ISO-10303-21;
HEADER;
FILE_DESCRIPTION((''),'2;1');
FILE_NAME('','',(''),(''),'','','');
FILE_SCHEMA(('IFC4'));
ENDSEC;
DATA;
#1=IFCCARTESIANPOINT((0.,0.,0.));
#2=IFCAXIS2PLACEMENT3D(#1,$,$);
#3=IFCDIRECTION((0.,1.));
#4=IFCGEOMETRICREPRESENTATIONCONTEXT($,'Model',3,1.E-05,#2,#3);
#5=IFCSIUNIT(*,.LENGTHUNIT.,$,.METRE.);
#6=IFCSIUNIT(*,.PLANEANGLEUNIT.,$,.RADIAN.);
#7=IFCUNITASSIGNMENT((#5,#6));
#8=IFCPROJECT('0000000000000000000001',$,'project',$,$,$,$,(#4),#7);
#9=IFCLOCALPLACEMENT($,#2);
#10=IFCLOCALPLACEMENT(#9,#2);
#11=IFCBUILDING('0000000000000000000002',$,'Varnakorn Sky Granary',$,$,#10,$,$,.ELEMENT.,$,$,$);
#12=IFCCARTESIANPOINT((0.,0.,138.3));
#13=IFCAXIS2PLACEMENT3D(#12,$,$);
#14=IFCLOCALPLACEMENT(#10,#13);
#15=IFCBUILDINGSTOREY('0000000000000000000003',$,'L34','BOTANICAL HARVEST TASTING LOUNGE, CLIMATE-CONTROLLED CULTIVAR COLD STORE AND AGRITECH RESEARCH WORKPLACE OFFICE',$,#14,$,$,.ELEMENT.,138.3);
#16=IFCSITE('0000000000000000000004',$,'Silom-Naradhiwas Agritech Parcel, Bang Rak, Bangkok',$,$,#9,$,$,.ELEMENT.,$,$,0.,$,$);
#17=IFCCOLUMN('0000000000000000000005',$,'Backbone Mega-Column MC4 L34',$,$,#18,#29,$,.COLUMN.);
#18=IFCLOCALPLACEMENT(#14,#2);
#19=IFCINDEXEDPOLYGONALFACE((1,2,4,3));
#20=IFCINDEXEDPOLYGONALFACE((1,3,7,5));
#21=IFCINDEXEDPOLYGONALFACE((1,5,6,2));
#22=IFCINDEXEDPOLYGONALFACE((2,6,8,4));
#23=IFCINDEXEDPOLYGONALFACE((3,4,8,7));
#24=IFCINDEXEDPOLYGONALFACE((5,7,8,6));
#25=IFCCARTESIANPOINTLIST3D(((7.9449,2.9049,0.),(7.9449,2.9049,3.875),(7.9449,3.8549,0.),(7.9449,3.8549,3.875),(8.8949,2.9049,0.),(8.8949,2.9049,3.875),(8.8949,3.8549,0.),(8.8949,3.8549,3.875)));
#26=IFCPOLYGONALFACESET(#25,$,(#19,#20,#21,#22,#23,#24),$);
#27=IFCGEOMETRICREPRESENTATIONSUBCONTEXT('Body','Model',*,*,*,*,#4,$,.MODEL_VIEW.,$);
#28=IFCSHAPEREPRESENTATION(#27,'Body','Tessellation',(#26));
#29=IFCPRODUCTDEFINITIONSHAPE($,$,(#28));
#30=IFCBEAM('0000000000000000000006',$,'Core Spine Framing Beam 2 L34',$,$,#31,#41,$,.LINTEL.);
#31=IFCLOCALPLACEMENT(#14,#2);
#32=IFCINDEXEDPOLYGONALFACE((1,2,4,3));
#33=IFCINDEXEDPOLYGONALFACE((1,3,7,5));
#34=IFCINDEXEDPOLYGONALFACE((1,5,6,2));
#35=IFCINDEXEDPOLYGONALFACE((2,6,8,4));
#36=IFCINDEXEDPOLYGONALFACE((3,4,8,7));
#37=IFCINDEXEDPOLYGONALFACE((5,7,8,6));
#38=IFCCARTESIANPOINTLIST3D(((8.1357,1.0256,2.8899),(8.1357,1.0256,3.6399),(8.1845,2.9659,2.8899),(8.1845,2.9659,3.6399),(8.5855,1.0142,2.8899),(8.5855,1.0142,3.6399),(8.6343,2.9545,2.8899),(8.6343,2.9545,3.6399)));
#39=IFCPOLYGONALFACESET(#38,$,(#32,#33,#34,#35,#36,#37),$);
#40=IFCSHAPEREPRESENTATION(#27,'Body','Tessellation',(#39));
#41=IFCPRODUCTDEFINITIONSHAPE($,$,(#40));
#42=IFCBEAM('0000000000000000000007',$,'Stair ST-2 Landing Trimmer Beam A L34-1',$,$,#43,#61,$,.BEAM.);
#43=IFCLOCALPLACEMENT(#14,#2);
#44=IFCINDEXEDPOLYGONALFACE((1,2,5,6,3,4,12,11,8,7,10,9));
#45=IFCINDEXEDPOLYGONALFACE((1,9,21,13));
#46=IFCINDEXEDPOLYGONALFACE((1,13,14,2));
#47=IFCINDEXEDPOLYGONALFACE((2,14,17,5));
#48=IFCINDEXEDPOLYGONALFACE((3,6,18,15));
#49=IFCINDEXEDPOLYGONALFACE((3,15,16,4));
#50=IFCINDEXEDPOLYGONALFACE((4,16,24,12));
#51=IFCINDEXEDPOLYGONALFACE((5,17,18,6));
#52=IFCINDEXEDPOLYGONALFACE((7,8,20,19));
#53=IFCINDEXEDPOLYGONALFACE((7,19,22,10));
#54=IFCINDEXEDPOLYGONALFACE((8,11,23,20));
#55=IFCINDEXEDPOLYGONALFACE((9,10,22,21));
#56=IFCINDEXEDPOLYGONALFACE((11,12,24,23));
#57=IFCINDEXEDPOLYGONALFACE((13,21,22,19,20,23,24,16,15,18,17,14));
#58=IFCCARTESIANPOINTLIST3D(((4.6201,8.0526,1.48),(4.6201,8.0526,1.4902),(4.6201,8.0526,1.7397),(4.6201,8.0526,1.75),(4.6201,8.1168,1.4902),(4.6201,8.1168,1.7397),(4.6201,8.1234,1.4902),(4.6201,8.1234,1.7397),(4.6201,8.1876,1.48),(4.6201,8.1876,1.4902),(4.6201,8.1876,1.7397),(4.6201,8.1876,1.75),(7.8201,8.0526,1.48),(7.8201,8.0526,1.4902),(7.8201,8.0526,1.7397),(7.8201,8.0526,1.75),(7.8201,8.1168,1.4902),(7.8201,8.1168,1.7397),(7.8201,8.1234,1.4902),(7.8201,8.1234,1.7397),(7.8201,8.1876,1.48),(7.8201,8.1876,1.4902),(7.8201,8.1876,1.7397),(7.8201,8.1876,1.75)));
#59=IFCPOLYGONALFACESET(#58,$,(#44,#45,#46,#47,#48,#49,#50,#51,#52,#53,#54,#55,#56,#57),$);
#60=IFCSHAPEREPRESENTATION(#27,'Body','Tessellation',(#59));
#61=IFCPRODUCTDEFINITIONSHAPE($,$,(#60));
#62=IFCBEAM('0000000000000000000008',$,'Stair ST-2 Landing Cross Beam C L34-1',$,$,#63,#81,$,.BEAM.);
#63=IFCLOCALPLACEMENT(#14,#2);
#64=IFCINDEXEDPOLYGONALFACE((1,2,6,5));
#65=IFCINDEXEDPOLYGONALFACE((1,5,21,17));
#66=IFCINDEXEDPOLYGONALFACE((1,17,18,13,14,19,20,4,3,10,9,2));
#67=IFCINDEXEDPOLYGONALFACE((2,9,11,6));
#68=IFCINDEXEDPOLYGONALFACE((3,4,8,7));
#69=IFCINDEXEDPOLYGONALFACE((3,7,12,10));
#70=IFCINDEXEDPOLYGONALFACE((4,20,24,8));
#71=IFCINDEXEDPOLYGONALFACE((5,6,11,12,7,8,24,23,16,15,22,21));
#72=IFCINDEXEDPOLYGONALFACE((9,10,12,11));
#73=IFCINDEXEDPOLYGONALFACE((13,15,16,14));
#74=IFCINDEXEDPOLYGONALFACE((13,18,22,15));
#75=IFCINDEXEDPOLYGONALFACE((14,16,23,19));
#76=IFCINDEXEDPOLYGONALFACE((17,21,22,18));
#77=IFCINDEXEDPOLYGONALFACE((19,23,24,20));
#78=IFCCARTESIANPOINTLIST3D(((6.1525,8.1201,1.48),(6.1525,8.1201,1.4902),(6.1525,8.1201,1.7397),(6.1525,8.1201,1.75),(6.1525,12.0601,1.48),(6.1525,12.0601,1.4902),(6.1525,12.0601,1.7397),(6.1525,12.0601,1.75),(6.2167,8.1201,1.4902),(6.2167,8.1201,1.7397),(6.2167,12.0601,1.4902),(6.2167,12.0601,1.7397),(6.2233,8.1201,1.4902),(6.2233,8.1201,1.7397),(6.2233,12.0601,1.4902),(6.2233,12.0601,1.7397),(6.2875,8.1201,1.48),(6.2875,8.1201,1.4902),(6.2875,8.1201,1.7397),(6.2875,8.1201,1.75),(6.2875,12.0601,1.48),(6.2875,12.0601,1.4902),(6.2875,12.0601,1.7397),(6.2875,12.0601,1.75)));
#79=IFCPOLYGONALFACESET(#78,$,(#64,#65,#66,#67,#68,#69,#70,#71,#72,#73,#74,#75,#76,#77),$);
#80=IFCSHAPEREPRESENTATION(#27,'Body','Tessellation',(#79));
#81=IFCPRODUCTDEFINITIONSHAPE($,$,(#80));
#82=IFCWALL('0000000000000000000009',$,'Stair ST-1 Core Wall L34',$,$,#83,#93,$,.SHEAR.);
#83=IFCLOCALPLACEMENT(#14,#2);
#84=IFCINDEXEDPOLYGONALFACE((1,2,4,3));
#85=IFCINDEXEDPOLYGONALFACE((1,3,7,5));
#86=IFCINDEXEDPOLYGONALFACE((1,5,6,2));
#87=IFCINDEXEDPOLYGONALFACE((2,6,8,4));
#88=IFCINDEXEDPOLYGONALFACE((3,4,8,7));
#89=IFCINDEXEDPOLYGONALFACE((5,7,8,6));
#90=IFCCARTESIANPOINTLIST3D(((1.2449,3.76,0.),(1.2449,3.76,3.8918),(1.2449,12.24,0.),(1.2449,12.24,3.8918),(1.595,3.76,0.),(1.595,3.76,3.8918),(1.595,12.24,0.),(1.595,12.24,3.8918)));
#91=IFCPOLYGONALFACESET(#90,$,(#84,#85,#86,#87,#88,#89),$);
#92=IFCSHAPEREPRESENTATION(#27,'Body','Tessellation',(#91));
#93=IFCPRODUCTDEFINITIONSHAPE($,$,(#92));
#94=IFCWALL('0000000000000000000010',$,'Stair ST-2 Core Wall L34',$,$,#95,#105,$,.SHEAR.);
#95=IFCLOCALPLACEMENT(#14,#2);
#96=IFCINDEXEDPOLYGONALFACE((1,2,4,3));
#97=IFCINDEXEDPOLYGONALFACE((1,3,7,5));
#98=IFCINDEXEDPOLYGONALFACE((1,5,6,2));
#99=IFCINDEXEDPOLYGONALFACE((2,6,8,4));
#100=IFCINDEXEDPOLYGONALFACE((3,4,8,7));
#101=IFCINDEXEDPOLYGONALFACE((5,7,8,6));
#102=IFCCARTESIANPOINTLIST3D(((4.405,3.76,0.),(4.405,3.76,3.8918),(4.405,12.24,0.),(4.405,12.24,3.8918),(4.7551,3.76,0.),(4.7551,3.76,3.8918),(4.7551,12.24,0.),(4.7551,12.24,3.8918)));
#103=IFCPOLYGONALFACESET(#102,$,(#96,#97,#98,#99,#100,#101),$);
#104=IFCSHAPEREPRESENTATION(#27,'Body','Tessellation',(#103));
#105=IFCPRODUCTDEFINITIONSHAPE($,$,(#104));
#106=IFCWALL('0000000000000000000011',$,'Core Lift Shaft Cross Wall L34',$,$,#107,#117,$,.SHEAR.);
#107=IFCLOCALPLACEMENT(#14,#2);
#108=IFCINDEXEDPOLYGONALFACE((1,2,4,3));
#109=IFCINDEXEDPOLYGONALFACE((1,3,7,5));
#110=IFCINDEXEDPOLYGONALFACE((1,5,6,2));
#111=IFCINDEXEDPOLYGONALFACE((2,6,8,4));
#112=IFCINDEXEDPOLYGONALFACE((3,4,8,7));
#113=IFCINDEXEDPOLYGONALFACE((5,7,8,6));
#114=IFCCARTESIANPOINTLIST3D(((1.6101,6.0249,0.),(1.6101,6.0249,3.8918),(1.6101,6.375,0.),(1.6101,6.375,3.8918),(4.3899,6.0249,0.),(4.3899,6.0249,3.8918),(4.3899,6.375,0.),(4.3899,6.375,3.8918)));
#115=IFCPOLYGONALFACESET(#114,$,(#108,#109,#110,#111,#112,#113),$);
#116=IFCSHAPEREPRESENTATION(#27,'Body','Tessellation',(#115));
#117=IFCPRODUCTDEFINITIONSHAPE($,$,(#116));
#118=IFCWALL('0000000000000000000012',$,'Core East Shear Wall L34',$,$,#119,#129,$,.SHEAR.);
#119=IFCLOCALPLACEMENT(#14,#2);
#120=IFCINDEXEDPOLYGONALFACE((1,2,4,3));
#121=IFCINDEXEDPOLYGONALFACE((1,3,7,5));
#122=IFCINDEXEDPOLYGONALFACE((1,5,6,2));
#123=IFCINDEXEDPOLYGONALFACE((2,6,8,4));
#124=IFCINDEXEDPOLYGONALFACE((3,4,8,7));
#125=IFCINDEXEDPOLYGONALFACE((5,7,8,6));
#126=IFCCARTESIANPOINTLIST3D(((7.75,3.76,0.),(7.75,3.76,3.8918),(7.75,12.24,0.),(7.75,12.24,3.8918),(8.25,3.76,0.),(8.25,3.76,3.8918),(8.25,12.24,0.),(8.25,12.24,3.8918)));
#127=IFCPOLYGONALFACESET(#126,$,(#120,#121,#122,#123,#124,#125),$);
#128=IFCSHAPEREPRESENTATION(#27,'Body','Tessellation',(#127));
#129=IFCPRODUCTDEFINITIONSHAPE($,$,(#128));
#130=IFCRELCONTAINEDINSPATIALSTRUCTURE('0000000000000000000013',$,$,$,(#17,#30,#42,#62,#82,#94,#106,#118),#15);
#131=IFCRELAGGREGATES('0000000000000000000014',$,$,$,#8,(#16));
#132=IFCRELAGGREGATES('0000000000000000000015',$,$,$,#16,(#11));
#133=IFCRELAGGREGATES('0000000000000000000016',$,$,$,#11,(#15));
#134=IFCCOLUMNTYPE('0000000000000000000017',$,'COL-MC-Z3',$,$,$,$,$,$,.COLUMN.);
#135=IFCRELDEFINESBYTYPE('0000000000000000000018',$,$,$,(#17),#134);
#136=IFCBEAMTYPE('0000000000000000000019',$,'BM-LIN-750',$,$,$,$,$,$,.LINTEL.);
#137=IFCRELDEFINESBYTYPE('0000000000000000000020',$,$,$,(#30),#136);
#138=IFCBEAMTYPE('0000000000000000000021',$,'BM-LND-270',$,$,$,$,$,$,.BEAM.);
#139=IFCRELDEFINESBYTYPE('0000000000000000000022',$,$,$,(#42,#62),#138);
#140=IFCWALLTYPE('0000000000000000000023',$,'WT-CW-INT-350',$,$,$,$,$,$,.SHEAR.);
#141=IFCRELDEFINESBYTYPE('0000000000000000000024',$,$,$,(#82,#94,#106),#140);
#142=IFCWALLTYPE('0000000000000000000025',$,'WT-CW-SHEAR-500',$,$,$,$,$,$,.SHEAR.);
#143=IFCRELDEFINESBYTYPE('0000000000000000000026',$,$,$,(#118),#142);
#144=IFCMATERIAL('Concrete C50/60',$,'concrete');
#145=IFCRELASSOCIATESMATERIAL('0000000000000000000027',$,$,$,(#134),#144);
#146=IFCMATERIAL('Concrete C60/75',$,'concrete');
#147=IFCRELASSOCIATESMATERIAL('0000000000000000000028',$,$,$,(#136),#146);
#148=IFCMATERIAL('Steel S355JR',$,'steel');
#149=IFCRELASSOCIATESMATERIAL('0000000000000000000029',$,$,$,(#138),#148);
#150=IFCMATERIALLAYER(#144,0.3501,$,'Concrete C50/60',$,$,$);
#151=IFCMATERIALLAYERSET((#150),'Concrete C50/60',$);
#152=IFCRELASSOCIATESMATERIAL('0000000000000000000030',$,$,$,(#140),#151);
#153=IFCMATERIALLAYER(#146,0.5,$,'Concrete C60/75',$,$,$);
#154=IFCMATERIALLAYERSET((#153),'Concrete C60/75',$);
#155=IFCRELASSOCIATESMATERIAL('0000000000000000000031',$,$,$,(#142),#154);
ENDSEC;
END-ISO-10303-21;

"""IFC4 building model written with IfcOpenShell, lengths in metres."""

from ifc_helpers import new_model, si_unit, direction, frame, frame_2d, origin, origin_2d, place, context, subcontext, project, spatial, rectangle, i_section, extrude, material, layer, layer_set, material_profile, profile_set, type_object, element, save


model = new_model("IFC4")

# Units and contexts
model_context = context("Model", 3, precision=1e-05, world=origin(), true_north=direction((0.0, 1.0)))
body_context = subcontext(model_context, "Body", "Model", "MODEL_VIEW")
ifc_project = project(units=[si_unit("LENGTHUNIT", "METRE"), si_unit("PLANEANGLEUNIT", "RADIAN")], contexts=[model_context])

# Site, building, storey
site_placement = place(None, origin())
site = spatial("IfcSite", under=ifc_project, at=site_placement, Name="Silom-Naradhiwas Agritech Parcel, Bang Rak, Bangkok", CompositionType="ELEMENT", RefElevation=0.0)
building_placement = place(site_placement, origin())
building = spatial("IfcBuilding", under=site, at=building_placement, Name="Varnakorn Sky Granary", CompositionType="ELEMENT")
storey_placement = place(building_placement, frame((0.0, 0.0, 138.3)))
storey = spatial("IfcBuildingStorey", under=building, at=storey_placement, Name="L34", Description="BOTANICAL HARVEST TASTING LOUNGE, CLIMATE-CONTROLLED CULTIVAR COLD STORE AND AGRITECH RESEARCH WORKPLACE OFFICE", CompositionType="ELEMENT", Elevation=138.3)

# Column
ifc_material_1 = material(Name="Concrete C50/60", Category="concrete")
ifc_material_profile_1 = material_profile(ifc_material_1, rectangle(XDim=0.95, YDim=0.95, at=origin_2d()), Name="RC 950x950")
ifc_profile_set_1 = profile_set([ifc_material_profile_1], Name="Concrete C50/60")
column_type = type_object("IfcColumnType", Name="COL-MC-Z3", PredefinedType="COLUMN", material=ifc_profile_set_1)
column_placement = place(storey_placement, frame((8.4199, 3.3799, 0.0), z_axis=(0.0, 0.0, 1.0), x_axis=(1.0, 0.0, 0.0)))
element("IfcColumn", 1, at=column_placement, inside=storey, type_object=column_type, Name="Backbone Mega-Column MC4 L34", PredefinedType="COLUMN", context=body_context, shape_type="SweptSolid", body=[
    extrude(rectangle(XDim=0.95, YDim=0.95, at=origin_2d()), origin(), (0.0, 0.0, 1.0), 3.875),
])

# Beams
ifc_material_2 = material(Name="Concrete C60/75", Category="concrete")
ifc_material_profile_2 = material_profile(ifc_material_2, rectangle(XDim=0.45, YDim=0.75, at=origin_2d()), Name="RC 450x750")
ifc_profile_set_2 = profile_set([ifc_material_profile_2], Name="Concrete C60/75")
beam_type_1 = type_object("IfcBeamType", Name="BM-LIN-750", PredefinedType="LINTEL", material=ifc_profile_set_2)
beam_1_placement = place(storey_placement, frame((8.4094, 2.9602, 3.2649), z_axis=(-0.025159, -0.999683, 0.0), x_axis=(0.999683, -0.025159, 0.0)))
element("IfcBeam", 2, at=beam_1_placement, inside=storey, type_object=beam_type_1, Name="Core Spine Framing Beam 2 L34", PredefinedType="LINTEL", context=body_context, shape_type="SweptSolid", body=[
    extrude(rectangle(XDim=0.45, YDim=0.75, at=origin_2d()), origin(), (0.0, 0.0, 1.0), 1.9409),
])
ifc_material_3 = material(Name="Steel S355JR", Category="steel")
ifc_material_profile_3 = material_profile(ifc_material_3, i_section(OverallWidth=0.135, OverallDepth=0.27, WebThickness=0.0066, FlangeThickness=0.0103, at=origin_2d()), Name="IPE 270")
ifc_profile_set_3 = profile_set([ifc_material_profile_3], Name="Steel S355JR")
beam_type_2 = type_object("IfcBeamType", Name="BM-LND-270", PredefinedType="BEAM", material=ifc_profile_set_3)
beam_2_placement = place(storey_placement, frame((4.6201, 8.1201, 1.615), z_axis=(1.0, 0.0, 0.0), x_axis=(0.0, 1.0, 0.0)))
element("IfcBeam", 3, at=beam_2_placement, inside=storey, type_object=beam_type_2, Name="Stair ST-2 Landing Trimmer Beam A L34-1", PredefinedType="BEAM", context=body_context, shape_type="SweptSolid", body=[
    extrude(i_section(OverallWidth=0.135, OverallDepth=0.27, WebThickness=0.0066, FlangeThickness=0.0103, at=origin_2d()), origin(), (0.0, 0.0, 1.0), 3.2),
])
beam_3_placement = place(storey_placement, frame((6.22, 8.1201, 1.615), z_axis=(0.0, 1.0, 0.0), x_axis=(-1.0, 0.0, 0.0)))
element("IfcBeam", 4, at=beam_3_placement, inside=storey, type_object=beam_type_2, Name="Stair ST-2 Landing Cross Beam C L34-1", PredefinedType="BEAM", context=body_context, shape_type="SweptSolid", body=[
    extrude(i_section(OverallWidth=0.135, OverallDepth=0.27, WebThickness=0.0066, FlangeThickness=0.0103, at=origin_2d()), origin(), (0.0, 0.0, 1.0), 3.9399),
])

# Walls
ifc_layer_1 = layer(ifc_material_1, 0.3501, Name="Concrete C50/60")
ifc_layer_set_1 = layer_set([ifc_layer_1], Name="Concrete C50/60")
wall_type_1 = type_object("IfcWallType", Name="WT-CW-INT-350", PredefinedType="SHEAR", material=ifc_layer_set_1)
for number, where, z_axis, x_axis, name in (
    (5, (1.4199, 3.76, 0.0), (0.0, 0.0, 1.0), (0.0, 1.0, 0.0), "Stair ST-1 Core Wall L34"),
    (6, (4.5801, 3.76, 0.0), (0.0, 0.0, 1.0), (0.0, 1.0, 0.0), "Stair ST-2 Core Wall L34"),
):
    element("IfcWall", number, at=place(storey_placement, frame(where, z_axis=z_axis, x_axis=x_axis)), inside=storey, type_object=wall_type_1, Name=name, PredefinedType="SHEAR", context=body_context, shape_type="SweptSolid", body=[
        extrude(rectangle(XDim=8.48, YDim=0.3501, at=frame_2d((4.24, 0.0))), origin(), (0.0, 0.0, 1.0), 3.8918),
    ])
wall_1_placement = place(storey_placement, frame((1.6101, 6.2, 0.0), z_axis=(0.0, 0.0, 1.0), x_axis=(1.0, 0.0, 0.0)))
element("IfcWall", 7, at=wall_1_placement, inside=storey, type_object=wall_type_1, Name="Core Lift Shaft Cross Wall L34", PredefinedType="SHEAR", context=body_context, shape_type="SweptSolid", body=[
    extrude(rectangle(XDim=2.7798, YDim=0.3501, at=frame_2d((1.3899, 0.0))), origin(), (0.0, 0.0, 1.0), 3.8918),
])
ifc_layer_2 = layer(ifc_material_2, 0.5, Name="Concrete C60/75")
ifc_layer_set_2 = layer_set([ifc_layer_2], Name="Concrete C60/75")
wall_type_2 = type_object("IfcWallType", Name="WT-CW-SHEAR-500", PredefinedType="SHEAR", material=ifc_layer_set_2)
wall_2_placement = place(storey_placement, frame((8.0, 3.76, 0.0), z_axis=(0.0, 0.0, 1.0), x_axis=(0.0, 1.0, 0.0)))
element("IfcWall", 8, at=wall_2_placement, inside=storey, type_object=wall_type_2, Name="Core East Shear Wall L34", PredefinedType="SHEAR", context=body_context, shape_type="SweptSolid", body=[
    extrude(rectangle(XDim=8.48, YDim=0.5, at=frame_2d((4.24, 0.0))), origin(), (0.0, 0.0, 1.0), 3.8918),
])

save(model, "model.ifc")
